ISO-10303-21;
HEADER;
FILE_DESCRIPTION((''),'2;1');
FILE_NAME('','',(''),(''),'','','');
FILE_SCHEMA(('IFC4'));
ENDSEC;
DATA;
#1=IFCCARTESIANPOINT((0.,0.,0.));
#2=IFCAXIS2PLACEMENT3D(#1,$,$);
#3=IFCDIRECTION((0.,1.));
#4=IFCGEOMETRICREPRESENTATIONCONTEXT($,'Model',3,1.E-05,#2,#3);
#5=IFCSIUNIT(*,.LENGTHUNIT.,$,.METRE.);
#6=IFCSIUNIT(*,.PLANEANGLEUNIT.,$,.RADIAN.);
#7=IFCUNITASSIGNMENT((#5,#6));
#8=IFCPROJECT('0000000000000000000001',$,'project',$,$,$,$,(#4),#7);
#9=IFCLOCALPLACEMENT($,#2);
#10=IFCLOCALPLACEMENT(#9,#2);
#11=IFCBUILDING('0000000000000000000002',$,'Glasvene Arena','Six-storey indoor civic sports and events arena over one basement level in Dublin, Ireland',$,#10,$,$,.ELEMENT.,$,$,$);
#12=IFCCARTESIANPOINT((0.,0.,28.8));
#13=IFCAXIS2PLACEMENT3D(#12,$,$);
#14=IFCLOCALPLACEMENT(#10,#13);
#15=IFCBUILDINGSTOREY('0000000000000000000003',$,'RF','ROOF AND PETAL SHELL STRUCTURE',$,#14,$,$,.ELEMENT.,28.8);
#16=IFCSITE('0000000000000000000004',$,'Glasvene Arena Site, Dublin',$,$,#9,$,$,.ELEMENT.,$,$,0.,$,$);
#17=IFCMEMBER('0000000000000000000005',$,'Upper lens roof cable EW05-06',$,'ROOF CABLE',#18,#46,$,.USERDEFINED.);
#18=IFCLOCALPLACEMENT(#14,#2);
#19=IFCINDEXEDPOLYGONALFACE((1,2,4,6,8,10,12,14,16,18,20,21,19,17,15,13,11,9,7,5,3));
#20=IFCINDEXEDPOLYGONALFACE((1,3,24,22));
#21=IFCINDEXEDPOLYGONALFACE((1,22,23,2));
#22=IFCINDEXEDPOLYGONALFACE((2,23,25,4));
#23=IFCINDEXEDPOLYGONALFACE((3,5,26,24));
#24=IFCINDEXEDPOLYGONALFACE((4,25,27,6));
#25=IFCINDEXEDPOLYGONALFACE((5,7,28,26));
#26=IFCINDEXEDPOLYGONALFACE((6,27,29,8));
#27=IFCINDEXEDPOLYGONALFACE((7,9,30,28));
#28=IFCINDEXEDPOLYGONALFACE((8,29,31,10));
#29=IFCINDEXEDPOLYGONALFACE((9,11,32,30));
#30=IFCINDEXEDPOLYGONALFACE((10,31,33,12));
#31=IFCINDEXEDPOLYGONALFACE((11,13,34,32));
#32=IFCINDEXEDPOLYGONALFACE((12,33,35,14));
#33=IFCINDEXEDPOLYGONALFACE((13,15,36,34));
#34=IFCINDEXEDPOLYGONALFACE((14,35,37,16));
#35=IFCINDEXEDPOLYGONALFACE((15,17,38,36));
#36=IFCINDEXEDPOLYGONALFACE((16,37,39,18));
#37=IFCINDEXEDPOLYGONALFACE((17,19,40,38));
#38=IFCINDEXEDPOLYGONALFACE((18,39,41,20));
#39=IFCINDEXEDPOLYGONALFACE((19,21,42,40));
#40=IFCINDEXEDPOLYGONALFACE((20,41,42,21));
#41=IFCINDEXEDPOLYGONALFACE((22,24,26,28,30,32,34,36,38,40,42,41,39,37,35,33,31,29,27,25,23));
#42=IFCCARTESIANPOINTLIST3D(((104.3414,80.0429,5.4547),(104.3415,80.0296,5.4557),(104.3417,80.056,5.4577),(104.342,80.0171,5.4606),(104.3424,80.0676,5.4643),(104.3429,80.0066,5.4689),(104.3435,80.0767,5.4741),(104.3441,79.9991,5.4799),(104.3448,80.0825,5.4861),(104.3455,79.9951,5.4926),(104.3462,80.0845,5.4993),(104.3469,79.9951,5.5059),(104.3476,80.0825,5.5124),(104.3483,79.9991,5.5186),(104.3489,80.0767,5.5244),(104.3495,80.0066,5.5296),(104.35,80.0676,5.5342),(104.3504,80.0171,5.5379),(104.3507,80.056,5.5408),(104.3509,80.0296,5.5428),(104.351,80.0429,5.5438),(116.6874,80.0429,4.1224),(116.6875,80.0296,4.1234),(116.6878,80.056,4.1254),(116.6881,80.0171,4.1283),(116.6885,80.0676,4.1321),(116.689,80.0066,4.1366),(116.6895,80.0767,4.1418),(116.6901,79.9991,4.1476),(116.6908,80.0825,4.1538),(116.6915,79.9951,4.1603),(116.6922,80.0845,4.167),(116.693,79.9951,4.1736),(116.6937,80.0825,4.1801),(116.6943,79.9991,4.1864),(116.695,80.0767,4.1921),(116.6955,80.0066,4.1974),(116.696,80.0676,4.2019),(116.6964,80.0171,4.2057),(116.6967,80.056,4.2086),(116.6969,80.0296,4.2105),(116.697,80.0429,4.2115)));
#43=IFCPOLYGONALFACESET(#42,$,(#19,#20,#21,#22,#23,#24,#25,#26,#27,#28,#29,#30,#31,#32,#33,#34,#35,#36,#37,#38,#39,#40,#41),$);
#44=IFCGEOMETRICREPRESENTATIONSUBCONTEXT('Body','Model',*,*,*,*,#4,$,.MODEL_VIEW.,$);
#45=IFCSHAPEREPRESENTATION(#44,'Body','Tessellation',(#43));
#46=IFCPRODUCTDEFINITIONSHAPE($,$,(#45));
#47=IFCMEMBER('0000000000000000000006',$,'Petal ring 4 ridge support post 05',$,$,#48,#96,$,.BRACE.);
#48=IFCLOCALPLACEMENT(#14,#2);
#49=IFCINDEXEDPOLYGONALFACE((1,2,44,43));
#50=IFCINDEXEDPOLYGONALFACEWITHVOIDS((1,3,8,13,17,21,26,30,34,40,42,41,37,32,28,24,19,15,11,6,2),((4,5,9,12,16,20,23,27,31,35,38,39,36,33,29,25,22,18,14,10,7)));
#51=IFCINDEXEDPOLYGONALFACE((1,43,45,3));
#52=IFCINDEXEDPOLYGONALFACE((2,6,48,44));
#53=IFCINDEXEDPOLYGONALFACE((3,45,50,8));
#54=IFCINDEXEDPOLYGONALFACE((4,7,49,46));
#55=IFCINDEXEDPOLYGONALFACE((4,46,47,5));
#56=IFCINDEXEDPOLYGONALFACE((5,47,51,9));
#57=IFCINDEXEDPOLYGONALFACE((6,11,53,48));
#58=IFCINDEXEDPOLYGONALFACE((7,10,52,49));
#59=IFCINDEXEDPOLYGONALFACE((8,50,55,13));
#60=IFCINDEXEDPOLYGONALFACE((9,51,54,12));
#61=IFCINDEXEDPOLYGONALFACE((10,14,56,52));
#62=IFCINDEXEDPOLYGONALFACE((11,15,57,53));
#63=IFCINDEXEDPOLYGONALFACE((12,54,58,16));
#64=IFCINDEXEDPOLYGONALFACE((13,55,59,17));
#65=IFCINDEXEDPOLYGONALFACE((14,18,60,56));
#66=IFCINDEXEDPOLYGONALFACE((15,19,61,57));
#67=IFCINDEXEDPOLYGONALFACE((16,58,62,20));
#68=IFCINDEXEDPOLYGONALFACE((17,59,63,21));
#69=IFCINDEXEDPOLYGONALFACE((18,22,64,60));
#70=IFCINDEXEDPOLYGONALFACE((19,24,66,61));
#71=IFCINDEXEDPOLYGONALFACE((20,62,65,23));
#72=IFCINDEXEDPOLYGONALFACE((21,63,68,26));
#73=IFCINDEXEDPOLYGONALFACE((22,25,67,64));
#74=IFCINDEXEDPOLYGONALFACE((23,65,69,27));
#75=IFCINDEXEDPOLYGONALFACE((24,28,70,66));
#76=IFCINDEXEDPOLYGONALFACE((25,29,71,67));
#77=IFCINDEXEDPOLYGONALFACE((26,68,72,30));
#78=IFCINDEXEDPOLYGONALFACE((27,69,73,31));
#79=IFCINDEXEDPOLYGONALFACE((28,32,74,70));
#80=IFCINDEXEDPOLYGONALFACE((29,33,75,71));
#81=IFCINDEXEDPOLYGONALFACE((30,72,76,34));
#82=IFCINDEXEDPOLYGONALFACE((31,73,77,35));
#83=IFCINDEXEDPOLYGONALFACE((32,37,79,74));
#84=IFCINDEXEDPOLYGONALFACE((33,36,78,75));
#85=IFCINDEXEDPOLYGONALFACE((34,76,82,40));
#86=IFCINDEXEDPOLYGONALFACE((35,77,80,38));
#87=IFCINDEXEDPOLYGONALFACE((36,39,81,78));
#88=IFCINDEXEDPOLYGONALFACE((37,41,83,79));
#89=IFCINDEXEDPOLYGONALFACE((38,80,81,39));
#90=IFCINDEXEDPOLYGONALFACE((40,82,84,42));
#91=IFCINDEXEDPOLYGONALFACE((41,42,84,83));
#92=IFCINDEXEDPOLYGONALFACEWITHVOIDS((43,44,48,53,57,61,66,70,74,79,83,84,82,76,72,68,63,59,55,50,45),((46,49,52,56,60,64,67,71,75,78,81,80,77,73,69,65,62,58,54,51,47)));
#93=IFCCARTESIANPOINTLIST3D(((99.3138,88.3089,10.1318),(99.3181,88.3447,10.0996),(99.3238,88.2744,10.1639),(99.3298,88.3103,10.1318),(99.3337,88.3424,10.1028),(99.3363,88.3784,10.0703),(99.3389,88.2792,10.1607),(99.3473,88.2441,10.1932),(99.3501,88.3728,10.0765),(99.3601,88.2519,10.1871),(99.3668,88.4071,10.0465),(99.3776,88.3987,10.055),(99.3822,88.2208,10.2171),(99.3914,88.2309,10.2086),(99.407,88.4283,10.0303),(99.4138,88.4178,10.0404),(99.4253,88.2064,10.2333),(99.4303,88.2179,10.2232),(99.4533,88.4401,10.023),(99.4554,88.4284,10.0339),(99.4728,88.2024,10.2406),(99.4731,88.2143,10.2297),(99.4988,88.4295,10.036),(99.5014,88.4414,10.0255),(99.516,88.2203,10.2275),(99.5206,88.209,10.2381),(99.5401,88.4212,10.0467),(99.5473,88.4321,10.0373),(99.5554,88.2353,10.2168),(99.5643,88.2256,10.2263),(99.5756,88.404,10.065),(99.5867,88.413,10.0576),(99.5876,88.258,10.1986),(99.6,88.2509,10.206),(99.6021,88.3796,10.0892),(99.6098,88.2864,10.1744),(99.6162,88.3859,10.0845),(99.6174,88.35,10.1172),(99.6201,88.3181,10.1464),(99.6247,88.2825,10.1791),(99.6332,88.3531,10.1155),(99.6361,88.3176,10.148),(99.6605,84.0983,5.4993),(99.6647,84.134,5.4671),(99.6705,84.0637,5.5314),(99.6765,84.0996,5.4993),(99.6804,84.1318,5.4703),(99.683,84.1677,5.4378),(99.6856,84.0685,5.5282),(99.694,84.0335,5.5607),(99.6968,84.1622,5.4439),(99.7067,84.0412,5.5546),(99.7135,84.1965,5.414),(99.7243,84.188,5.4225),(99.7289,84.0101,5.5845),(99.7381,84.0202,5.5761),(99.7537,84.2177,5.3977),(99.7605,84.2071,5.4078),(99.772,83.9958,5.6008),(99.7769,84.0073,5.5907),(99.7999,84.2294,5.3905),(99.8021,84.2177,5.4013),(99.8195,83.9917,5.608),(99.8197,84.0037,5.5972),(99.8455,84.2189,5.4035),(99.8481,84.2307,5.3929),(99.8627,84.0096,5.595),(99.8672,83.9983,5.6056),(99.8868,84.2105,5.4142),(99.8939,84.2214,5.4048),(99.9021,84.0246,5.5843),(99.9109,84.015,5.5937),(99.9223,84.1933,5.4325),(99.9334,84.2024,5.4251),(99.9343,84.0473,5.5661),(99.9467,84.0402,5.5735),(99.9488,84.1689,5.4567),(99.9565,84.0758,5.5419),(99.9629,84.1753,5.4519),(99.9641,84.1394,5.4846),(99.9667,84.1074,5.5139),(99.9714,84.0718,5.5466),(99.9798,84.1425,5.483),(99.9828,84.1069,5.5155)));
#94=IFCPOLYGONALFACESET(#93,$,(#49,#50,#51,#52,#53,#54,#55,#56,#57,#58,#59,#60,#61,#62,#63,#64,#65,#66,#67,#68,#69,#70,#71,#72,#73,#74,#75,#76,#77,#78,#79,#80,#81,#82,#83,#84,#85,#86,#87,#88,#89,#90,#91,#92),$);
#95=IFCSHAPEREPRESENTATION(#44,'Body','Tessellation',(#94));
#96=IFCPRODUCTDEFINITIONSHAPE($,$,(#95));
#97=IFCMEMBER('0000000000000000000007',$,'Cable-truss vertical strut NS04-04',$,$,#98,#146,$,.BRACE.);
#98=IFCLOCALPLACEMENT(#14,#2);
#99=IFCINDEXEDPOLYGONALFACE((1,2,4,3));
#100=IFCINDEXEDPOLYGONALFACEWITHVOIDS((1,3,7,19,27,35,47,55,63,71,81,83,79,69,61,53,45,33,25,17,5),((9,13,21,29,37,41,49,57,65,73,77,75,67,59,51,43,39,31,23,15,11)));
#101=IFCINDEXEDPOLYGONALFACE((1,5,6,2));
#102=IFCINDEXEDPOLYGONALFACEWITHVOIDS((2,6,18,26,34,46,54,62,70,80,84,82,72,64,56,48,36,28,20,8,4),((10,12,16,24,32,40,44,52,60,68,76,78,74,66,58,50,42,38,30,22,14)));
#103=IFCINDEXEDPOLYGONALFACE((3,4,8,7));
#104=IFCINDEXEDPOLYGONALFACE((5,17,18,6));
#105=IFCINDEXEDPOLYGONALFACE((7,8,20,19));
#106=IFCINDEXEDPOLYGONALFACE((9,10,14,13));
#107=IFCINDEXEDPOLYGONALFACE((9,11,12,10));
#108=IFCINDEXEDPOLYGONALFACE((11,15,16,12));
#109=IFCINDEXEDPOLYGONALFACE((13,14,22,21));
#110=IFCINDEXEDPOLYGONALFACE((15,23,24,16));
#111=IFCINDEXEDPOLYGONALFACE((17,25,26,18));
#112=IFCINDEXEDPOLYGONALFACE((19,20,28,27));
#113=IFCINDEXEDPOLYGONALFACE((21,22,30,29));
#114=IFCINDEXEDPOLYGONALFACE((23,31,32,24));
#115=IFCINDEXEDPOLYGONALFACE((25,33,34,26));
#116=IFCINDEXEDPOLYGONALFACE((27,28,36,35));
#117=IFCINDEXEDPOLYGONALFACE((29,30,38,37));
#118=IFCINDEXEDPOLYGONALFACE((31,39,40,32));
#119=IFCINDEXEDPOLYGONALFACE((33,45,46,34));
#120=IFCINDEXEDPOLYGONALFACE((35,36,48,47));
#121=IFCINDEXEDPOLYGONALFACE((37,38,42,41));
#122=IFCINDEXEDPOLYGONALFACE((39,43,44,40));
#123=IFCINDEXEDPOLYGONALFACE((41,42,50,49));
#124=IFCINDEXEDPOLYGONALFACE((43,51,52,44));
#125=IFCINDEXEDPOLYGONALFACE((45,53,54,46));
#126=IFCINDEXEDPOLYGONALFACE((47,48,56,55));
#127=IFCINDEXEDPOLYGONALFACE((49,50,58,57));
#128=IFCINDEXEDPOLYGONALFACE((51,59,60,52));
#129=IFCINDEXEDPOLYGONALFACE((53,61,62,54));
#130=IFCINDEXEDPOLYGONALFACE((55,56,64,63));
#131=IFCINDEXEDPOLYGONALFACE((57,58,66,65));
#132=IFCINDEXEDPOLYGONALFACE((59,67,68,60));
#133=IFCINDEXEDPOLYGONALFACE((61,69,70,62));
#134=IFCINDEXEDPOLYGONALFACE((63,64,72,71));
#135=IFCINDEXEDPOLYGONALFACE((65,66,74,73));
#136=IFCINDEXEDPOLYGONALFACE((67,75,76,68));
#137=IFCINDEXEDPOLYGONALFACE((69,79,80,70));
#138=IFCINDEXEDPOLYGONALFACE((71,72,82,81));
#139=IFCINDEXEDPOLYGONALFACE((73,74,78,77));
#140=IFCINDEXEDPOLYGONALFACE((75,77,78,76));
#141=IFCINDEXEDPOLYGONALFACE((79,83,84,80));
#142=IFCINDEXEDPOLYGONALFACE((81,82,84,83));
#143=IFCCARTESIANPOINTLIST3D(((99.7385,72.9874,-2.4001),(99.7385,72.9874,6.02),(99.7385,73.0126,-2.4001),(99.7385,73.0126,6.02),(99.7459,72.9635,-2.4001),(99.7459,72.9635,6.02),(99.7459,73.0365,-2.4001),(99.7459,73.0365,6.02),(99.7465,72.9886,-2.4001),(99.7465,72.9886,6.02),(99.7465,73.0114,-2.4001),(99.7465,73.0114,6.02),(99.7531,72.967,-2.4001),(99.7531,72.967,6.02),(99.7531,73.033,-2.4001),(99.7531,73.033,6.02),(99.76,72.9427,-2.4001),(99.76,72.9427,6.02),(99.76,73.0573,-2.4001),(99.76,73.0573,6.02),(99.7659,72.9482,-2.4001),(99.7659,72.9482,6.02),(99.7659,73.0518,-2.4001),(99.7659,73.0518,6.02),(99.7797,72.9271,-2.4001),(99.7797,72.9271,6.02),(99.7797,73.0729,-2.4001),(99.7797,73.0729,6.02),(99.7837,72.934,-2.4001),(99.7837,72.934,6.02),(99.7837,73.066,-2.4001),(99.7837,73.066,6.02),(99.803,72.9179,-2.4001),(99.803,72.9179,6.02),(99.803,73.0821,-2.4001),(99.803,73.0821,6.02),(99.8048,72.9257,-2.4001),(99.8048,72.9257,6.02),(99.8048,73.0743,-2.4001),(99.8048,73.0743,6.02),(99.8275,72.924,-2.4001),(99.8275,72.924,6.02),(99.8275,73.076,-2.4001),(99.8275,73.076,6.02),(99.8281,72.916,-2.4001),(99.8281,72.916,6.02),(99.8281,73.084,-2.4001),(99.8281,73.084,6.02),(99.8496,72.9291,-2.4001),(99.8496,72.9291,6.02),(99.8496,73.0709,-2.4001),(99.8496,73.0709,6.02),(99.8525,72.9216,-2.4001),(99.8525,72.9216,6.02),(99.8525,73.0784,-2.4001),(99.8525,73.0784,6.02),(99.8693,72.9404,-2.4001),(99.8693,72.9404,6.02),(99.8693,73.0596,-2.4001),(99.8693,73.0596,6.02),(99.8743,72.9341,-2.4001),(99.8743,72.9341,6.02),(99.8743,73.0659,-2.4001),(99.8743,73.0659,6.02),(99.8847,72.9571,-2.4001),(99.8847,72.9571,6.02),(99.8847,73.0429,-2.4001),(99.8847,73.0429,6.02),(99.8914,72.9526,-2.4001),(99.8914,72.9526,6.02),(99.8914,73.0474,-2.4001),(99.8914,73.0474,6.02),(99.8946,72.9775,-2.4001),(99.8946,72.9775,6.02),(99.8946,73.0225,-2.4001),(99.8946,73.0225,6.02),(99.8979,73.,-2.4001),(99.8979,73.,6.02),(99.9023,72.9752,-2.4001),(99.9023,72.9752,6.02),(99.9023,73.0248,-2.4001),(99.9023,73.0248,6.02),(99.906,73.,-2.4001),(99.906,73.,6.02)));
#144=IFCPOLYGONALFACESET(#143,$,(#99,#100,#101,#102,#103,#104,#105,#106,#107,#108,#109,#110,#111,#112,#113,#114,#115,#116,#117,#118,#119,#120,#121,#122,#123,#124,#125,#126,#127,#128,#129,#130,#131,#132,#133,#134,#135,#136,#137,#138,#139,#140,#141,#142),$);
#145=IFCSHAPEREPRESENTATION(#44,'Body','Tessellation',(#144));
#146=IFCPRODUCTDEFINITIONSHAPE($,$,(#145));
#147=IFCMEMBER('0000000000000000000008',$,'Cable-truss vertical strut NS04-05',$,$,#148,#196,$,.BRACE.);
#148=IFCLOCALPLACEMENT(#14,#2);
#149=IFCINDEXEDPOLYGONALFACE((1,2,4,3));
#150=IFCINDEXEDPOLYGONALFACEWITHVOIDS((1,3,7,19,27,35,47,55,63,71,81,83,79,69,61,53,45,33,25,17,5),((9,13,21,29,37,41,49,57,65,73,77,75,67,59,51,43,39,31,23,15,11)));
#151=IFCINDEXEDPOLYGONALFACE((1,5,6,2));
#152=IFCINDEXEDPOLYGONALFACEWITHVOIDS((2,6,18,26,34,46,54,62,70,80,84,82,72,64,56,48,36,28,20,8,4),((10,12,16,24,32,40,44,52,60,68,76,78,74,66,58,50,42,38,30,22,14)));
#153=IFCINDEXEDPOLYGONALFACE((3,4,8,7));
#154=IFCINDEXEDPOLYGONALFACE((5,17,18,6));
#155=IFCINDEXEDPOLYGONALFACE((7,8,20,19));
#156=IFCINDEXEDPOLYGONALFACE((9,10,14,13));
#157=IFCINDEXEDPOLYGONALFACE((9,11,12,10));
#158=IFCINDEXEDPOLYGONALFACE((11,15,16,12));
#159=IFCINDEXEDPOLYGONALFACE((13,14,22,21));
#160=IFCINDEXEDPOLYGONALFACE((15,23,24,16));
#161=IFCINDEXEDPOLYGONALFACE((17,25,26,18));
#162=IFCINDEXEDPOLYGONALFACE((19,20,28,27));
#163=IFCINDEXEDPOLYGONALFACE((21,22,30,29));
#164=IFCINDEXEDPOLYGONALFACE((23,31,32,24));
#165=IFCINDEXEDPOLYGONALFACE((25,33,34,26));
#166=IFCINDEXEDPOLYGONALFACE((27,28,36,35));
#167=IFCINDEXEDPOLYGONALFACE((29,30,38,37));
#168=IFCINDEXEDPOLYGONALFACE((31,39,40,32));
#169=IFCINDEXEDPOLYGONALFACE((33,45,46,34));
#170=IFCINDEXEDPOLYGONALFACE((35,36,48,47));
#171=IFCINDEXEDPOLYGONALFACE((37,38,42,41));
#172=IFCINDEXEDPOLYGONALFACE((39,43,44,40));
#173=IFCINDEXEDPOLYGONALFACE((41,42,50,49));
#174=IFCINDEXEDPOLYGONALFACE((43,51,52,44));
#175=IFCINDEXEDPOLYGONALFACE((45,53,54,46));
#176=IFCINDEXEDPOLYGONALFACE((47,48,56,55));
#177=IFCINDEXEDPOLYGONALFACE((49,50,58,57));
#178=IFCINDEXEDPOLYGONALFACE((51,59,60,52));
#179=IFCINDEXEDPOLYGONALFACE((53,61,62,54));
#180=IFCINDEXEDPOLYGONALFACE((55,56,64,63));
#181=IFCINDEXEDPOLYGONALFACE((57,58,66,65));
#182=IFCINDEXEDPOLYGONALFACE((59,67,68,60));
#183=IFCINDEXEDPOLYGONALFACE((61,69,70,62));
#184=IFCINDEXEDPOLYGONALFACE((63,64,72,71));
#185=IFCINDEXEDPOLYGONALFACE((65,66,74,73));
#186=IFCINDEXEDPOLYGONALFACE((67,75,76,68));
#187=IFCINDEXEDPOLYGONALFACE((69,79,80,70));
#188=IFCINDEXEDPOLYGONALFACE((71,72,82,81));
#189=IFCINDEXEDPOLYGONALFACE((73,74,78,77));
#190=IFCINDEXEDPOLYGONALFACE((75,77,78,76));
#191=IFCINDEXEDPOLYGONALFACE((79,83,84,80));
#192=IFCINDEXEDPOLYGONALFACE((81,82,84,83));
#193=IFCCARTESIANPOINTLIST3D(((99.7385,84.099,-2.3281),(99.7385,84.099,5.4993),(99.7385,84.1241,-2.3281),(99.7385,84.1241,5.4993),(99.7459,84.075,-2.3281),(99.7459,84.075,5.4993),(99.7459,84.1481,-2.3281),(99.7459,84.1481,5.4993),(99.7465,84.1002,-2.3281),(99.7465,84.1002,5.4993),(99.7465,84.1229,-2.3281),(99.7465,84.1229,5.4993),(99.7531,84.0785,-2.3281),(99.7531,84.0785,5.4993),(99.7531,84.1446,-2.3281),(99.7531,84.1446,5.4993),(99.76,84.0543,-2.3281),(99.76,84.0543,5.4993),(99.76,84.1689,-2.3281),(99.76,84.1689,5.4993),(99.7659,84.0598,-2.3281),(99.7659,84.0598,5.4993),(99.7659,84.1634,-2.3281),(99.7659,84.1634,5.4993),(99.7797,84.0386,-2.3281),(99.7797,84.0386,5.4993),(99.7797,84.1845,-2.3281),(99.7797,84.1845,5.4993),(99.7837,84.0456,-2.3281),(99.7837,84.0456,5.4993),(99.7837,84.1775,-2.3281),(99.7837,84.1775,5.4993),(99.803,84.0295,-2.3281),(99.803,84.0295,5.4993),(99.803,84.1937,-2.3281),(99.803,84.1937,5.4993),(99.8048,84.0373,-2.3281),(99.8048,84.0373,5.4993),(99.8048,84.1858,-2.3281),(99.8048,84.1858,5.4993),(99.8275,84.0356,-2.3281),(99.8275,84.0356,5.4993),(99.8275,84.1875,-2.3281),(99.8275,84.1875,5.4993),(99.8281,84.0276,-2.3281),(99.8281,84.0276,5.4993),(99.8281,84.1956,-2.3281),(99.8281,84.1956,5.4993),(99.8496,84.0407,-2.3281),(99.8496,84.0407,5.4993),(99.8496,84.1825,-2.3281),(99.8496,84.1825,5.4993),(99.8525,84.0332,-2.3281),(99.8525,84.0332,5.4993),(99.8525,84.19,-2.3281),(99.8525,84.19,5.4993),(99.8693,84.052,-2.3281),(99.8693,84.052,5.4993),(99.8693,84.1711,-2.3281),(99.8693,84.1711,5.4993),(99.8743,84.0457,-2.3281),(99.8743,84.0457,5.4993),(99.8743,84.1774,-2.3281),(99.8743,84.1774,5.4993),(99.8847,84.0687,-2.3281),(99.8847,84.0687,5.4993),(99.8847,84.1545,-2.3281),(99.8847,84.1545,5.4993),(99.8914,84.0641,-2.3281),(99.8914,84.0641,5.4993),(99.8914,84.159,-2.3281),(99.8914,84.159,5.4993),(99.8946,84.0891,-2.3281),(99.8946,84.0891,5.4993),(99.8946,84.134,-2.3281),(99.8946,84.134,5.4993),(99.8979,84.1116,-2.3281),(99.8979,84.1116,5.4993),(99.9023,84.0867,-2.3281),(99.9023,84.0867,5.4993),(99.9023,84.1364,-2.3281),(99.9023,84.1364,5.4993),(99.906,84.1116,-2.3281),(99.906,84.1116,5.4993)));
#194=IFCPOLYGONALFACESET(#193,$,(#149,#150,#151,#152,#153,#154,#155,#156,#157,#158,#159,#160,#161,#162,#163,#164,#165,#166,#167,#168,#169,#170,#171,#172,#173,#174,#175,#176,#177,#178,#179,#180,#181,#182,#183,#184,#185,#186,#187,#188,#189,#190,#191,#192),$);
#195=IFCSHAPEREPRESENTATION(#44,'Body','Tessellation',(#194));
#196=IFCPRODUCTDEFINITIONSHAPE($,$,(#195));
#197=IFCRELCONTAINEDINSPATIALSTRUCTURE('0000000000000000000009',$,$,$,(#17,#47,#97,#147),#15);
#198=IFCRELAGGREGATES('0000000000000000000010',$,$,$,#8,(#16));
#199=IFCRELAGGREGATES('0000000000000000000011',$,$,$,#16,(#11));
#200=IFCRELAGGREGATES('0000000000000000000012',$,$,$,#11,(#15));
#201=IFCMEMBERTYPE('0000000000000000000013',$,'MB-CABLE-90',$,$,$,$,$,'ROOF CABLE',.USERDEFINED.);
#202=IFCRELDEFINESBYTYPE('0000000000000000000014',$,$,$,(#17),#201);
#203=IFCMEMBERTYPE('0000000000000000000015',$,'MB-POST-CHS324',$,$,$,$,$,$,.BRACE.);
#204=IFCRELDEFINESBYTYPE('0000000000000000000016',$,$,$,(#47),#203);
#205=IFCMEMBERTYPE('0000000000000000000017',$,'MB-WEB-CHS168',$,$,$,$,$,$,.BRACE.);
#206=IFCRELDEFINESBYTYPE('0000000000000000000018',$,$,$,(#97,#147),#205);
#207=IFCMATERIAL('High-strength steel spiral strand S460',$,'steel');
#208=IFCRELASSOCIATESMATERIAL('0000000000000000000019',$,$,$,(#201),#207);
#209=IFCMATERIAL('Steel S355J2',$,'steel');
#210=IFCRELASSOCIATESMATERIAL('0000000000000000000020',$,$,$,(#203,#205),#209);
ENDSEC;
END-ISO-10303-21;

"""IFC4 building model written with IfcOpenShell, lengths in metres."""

from ifc_helpers import new_model, si_unit, direction, frame, origin, origin_2d, place, context, subcontext, project, spatial, circle, hollow_circle, extrude, material, material_profile, profile_set, type_object, element, save


model = new_model("IFC4")

# Units and contexts
model_context = context("Model", 3, precision=1e-05, world=origin(), true_north=direction((0.0, 1.0)))
body_context = subcontext(model_context, "Body", "Model", "MODEL_VIEW")
ifc_project = project(units=[si_unit("LENGTHUNIT", "METRE"), si_unit("PLANEANGLEUNIT", "RADIAN")], contexts=[model_context])

# Site, building, storey
site_placement = place(None, origin())
site = spatial("IfcSite", under=ifc_project, at=site_placement, Name="Glasvene Arena Site, Dublin", CompositionType="ELEMENT", RefElevation=0.0)
building_placement = place(site_placement, origin())
building = spatial("IfcBuilding", under=site, at=building_placement, Name="Glasvene Arena", Description="Six-storey indoor civic sports and events arena over one basement level in Dublin, Ireland", CompositionType="ELEMENT")
storey_placement = place(building_placement, frame((0.0, 0.0, 28.8)))
storey = spatial("IfcBuildingStorey", under=building, at=storey_placement, Name="RF", Description="ROOF AND PETAL SHELL STRUCTURE", CompositionType="ELEMENT", Elevation=28.8)

# Members
ifc_material_1 = material(Name="High-strength steel spiral strand S460", Category="steel")
ifc_material_profile_1 = material_profile(ifc_material_1, circle(Radius=0.0449, at=origin_2d()), Name="LCSS D90")
ifc_profile_set_1 = profile_set([ifc_material_profile_1], Name="High-strength steel spiral strand S460")
member_type_1 = type_object("IfcMemberType", Name="MB-CABLE-90", ElementType="ROOF CABLE", PredefinedType="USERDEFINED", material=ifc_profile_set_1)
member_1_placement = place(storey_placement, frame((104.3462, 80.0396, 5.4993), z_axis=(0.994228, 0.0, -0.107289), x_axis=(0.0, 1.0, 0.0)))
element("IfcMember", 1, at=member_1_placement, inside=storey, type_object=member_type_1, Name="Upper lens roof cable EW05-06", ObjectType="ROOF CABLE", PredefinedType="USERDEFINED", context=body_context, shape_type="SweptSolid", body=[
    extrude(circle(Radius=0.0449, at=origin_2d()), origin(), (0.0, 0.0, 1.0), 12.4177),
])
ifc_material_2 = material(Name="Steel S355J2", Category="steel")
ifc_material_profile_2 = material_profile(ifc_material_2, hollow_circle(Radius=0.1619, WallThickness=0.0161, at=origin_2d()), Name="CHS 323.9x16.0")
ifc_profile_set_2 = profile_set([ifc_material_profile_2], Name="Steel S355J2")
member_type_2 = type_object("IfcMemberType", Name="MB-POST-CHS324", PredefinedType="BRACE", material=ifc_profile_set_2)
member_2_placement = place(storey_placement, frame((99.8218, 84.1116, 5.4993), z_axis=(-0.055293, 0.67158, 0.738866), x_axis=(-0.996628, -0.082056, 0.0)))
element("IfcMember", 2, at=member_2_placement, inside=storey, type_object=member_type_2, Name="Petal ring 4 ridge support post 05", PredefinedType="BRACE", context=body_context, shape_type="SweptSolid", body=[
    extrude(hollow_circle(Radius=0.1619, WallThickness=0.0161, at=origin_2d()), origin(), (0.0, 0.0, 1.0), 6.2698),
])
ifc_material_profile_3 = material_profile(ifc_material_2, hollow_circle(Radius=0.0842, WallThickness=0.0081, at=origin_2d()), Name="CHS 168.3x8.0")
ifc_profile_set_3 = profile_set([ifc_material_profile_3], Name="Steel S355J2")
member_type_3 = type_object("IfcMemberType", Name="MB-WEB-CHS168", PredefinedType="BRACE", material=ifc_profile_set_3)
member_3_placement = place(storey_placement, frame((99.8218, 73.0, -2.4001), z_axis=(0.0, 0.0, 1.0), x_axis=(1.0, 0.0, 0.0)))
element("IfcMember", 3, at=member_3_placement, inside=storey, type_object=member_type_3, Name="Cable-truss vertical strut NS04-04", PredefinedType="BRACE", context=body_context, shape_type="SweptSolid", body=[
    extrude(hollow_circle(Radius=0.0842, WallThickness=0.0081, at=origin_2d()), origin(), (0.0, 0.0, 1.0), 8.4202),
])
member_4_placement = place(storey_placement, frame((99.8218, 84.1116, -2.3281), z_axis=(0.0, 0.0, 1.0), x_axis=(1.0, 0.0, 0.0)))
element("IfcMember", 4, at=member_4_placement, inside=storey, type_object=member_type_3, Name="Cable-truss vertical strut NS04-05", PredefinedType="BRACE", context=body_context, shape_type="SweptSolid", body=[
    extrude(hollow_circle(Radius=0.0842, WallThickness=0.0081, at=origin_2d()), origin(), (0.0, 0.0, 1.0), 7.8274),
])

save(model, "model.ifc")
